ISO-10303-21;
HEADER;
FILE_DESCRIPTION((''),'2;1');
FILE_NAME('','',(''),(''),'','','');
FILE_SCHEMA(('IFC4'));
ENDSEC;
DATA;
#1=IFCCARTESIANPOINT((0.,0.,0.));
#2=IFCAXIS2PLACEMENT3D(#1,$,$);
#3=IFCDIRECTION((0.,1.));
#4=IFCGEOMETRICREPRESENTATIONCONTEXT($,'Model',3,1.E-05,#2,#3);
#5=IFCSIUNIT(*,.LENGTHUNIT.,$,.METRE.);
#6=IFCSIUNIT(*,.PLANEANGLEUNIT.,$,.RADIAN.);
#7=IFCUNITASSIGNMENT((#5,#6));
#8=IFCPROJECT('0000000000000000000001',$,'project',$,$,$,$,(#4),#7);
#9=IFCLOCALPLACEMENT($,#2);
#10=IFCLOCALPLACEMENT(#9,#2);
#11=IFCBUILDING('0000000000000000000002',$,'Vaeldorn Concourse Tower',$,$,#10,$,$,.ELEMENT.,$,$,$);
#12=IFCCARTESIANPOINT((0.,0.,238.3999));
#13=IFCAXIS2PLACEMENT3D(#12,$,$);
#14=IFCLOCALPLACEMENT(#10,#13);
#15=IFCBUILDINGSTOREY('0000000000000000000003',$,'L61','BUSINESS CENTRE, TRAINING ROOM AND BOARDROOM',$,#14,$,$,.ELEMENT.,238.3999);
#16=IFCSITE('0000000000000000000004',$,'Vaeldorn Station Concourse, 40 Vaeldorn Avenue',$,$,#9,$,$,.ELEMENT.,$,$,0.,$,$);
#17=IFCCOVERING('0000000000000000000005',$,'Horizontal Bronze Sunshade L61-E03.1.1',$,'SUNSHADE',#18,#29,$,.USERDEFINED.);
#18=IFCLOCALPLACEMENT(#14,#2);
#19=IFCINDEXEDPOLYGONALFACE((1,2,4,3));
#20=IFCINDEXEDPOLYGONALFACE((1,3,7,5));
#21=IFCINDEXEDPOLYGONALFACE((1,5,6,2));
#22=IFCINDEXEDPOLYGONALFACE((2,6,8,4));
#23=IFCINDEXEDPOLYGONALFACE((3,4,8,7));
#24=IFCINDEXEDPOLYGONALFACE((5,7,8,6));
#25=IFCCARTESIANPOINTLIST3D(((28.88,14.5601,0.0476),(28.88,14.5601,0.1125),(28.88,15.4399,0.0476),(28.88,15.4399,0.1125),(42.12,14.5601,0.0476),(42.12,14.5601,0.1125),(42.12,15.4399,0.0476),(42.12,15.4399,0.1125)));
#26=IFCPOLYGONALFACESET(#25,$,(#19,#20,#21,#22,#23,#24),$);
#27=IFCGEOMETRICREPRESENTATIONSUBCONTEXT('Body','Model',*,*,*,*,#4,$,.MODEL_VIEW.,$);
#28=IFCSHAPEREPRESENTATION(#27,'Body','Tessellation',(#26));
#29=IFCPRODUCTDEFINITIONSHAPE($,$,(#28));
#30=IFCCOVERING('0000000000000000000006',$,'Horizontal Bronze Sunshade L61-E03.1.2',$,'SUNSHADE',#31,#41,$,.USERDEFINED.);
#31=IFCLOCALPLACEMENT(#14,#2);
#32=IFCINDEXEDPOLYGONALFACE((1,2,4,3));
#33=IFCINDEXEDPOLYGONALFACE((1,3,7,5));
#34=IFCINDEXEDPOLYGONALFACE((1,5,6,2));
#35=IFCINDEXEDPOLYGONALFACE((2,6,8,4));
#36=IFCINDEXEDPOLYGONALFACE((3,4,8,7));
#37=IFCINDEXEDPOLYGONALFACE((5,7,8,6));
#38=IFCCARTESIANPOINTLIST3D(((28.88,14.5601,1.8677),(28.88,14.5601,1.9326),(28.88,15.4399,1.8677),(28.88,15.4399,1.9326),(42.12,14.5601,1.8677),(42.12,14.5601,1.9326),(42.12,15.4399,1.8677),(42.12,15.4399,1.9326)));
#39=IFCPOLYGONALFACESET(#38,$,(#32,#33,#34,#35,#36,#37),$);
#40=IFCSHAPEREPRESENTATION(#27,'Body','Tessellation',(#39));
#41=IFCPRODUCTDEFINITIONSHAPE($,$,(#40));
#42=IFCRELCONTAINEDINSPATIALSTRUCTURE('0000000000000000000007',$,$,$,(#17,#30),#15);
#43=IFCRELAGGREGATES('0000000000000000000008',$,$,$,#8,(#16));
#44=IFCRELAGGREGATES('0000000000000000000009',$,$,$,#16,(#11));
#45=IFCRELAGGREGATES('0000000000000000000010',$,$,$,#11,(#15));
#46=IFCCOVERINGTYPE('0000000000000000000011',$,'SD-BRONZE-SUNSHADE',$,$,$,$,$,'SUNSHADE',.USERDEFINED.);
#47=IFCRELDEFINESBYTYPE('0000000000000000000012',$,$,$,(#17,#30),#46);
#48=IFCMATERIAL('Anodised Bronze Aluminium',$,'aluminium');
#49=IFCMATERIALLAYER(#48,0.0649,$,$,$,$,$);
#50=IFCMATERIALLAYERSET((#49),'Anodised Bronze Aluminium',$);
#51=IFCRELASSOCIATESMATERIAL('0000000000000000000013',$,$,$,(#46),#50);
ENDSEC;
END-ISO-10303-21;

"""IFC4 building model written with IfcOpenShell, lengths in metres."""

from ifc_helpers import new_model, si_unit, direction, frame, origin, origin_2d, place, context, subcontext, project, spatial, rectangle, extrude, source, transform, mapped, material, layer, layer_set, type_object, element, save


model = new_model("IFC4")

# Units and contexts
model_context = context("Model", 3, precision=1e-05, world=origin(), true_north=direction((0.0, 1.0)))
body_context = subcontext(model_context, "Body", "Model", "MODEL_VIEW")
ifc_project = project(units=[si_unit("LENGTHUNIT", "METRE"), si_unit("PLANEANGLEUNIT", "RADIAN")], contexts=[model_context])

# Site, building, storey
site_placement = place(None, origin())
site = spatial("IfcSite", under=ifc_project, at=site_placement, Name="Vaeldorn Station Concourse, 40 Vaeldorn Avenue", CompositionType="ELEMENT", RefElevation=0.0)
building_placement = place(site_placement, origin())
building = spatial("IfcBuilding", under=site, at=building_placement, Name="Vaeldorn Concourse Tower", CompositionType="ELEMENT")
storey_placement = place(building_placement, frame((0.0, 0.0, 238.3999)))
storey = spatial("IfcBuildingStorey", under=building, at=storey_placement, Name="L61", Description="BUSINESS CENTRE, TRAINING ROOM AND BOARDROOM", CompositionType="ELEMENT", Elevation=238.3999)

# Shared definitions
ifc_material_1 = material(Name="Anodised Bronze Aluminium", Category="aluminium")

# Coverings
ifc_layer_1 = layer(ifc_material_1, 0.0649)
ifc_layer_set_1 = layer_set([ifc_layer_1], Name="Anodised Bronze Aluminium")
covering_type = type_object("IfcCoveringType", Name="SD-BRONZE-SUNSHADE", ElementType="SUNSHADE", PredefinedType="USERDEFINED", material=ifc_layer_set_1)
shared_shape_1 = source(origin(), body_context, "Body", "SweptSolid", [
    extrude(rectangle(XDim=13.24, YDim=0.8799, at=origin_2d()), origin(), (0.0, 0.0, 1.0), 0.0649),
])
for number, where, z_axis, x_axis, name in (
    (1, (35.5, 15.0, 0.0476), (0.0, 0.0, 1.0), (1.0, 0.0, 0.0), "Horizontal Bronze Sunshade L61-E03.1.1"),
    (2, (35.5, 15.0, 1.8677), (0.0, 0.0, 1.0), (1.0, 0.0, 0.0), "Horizontal Bronze Sunshade L61-E03.1.2"),
):
    element("IfcCovering", number, at=place(storey_placement, frame(where, z_axis=z_axis, x_axis=x_axis)), inside=storey, type_object=covering_type, Name=name, ObjectType="SUNSHADE", PredefinedType="USERDEFINED", context=body_context, shape_type="MappedRepresentation", body=[
        mapped(shared_shape_1, transform((0.0, 0.0, 0.0), scale=1.0)),
    ])

save(model, "model.ifc")
